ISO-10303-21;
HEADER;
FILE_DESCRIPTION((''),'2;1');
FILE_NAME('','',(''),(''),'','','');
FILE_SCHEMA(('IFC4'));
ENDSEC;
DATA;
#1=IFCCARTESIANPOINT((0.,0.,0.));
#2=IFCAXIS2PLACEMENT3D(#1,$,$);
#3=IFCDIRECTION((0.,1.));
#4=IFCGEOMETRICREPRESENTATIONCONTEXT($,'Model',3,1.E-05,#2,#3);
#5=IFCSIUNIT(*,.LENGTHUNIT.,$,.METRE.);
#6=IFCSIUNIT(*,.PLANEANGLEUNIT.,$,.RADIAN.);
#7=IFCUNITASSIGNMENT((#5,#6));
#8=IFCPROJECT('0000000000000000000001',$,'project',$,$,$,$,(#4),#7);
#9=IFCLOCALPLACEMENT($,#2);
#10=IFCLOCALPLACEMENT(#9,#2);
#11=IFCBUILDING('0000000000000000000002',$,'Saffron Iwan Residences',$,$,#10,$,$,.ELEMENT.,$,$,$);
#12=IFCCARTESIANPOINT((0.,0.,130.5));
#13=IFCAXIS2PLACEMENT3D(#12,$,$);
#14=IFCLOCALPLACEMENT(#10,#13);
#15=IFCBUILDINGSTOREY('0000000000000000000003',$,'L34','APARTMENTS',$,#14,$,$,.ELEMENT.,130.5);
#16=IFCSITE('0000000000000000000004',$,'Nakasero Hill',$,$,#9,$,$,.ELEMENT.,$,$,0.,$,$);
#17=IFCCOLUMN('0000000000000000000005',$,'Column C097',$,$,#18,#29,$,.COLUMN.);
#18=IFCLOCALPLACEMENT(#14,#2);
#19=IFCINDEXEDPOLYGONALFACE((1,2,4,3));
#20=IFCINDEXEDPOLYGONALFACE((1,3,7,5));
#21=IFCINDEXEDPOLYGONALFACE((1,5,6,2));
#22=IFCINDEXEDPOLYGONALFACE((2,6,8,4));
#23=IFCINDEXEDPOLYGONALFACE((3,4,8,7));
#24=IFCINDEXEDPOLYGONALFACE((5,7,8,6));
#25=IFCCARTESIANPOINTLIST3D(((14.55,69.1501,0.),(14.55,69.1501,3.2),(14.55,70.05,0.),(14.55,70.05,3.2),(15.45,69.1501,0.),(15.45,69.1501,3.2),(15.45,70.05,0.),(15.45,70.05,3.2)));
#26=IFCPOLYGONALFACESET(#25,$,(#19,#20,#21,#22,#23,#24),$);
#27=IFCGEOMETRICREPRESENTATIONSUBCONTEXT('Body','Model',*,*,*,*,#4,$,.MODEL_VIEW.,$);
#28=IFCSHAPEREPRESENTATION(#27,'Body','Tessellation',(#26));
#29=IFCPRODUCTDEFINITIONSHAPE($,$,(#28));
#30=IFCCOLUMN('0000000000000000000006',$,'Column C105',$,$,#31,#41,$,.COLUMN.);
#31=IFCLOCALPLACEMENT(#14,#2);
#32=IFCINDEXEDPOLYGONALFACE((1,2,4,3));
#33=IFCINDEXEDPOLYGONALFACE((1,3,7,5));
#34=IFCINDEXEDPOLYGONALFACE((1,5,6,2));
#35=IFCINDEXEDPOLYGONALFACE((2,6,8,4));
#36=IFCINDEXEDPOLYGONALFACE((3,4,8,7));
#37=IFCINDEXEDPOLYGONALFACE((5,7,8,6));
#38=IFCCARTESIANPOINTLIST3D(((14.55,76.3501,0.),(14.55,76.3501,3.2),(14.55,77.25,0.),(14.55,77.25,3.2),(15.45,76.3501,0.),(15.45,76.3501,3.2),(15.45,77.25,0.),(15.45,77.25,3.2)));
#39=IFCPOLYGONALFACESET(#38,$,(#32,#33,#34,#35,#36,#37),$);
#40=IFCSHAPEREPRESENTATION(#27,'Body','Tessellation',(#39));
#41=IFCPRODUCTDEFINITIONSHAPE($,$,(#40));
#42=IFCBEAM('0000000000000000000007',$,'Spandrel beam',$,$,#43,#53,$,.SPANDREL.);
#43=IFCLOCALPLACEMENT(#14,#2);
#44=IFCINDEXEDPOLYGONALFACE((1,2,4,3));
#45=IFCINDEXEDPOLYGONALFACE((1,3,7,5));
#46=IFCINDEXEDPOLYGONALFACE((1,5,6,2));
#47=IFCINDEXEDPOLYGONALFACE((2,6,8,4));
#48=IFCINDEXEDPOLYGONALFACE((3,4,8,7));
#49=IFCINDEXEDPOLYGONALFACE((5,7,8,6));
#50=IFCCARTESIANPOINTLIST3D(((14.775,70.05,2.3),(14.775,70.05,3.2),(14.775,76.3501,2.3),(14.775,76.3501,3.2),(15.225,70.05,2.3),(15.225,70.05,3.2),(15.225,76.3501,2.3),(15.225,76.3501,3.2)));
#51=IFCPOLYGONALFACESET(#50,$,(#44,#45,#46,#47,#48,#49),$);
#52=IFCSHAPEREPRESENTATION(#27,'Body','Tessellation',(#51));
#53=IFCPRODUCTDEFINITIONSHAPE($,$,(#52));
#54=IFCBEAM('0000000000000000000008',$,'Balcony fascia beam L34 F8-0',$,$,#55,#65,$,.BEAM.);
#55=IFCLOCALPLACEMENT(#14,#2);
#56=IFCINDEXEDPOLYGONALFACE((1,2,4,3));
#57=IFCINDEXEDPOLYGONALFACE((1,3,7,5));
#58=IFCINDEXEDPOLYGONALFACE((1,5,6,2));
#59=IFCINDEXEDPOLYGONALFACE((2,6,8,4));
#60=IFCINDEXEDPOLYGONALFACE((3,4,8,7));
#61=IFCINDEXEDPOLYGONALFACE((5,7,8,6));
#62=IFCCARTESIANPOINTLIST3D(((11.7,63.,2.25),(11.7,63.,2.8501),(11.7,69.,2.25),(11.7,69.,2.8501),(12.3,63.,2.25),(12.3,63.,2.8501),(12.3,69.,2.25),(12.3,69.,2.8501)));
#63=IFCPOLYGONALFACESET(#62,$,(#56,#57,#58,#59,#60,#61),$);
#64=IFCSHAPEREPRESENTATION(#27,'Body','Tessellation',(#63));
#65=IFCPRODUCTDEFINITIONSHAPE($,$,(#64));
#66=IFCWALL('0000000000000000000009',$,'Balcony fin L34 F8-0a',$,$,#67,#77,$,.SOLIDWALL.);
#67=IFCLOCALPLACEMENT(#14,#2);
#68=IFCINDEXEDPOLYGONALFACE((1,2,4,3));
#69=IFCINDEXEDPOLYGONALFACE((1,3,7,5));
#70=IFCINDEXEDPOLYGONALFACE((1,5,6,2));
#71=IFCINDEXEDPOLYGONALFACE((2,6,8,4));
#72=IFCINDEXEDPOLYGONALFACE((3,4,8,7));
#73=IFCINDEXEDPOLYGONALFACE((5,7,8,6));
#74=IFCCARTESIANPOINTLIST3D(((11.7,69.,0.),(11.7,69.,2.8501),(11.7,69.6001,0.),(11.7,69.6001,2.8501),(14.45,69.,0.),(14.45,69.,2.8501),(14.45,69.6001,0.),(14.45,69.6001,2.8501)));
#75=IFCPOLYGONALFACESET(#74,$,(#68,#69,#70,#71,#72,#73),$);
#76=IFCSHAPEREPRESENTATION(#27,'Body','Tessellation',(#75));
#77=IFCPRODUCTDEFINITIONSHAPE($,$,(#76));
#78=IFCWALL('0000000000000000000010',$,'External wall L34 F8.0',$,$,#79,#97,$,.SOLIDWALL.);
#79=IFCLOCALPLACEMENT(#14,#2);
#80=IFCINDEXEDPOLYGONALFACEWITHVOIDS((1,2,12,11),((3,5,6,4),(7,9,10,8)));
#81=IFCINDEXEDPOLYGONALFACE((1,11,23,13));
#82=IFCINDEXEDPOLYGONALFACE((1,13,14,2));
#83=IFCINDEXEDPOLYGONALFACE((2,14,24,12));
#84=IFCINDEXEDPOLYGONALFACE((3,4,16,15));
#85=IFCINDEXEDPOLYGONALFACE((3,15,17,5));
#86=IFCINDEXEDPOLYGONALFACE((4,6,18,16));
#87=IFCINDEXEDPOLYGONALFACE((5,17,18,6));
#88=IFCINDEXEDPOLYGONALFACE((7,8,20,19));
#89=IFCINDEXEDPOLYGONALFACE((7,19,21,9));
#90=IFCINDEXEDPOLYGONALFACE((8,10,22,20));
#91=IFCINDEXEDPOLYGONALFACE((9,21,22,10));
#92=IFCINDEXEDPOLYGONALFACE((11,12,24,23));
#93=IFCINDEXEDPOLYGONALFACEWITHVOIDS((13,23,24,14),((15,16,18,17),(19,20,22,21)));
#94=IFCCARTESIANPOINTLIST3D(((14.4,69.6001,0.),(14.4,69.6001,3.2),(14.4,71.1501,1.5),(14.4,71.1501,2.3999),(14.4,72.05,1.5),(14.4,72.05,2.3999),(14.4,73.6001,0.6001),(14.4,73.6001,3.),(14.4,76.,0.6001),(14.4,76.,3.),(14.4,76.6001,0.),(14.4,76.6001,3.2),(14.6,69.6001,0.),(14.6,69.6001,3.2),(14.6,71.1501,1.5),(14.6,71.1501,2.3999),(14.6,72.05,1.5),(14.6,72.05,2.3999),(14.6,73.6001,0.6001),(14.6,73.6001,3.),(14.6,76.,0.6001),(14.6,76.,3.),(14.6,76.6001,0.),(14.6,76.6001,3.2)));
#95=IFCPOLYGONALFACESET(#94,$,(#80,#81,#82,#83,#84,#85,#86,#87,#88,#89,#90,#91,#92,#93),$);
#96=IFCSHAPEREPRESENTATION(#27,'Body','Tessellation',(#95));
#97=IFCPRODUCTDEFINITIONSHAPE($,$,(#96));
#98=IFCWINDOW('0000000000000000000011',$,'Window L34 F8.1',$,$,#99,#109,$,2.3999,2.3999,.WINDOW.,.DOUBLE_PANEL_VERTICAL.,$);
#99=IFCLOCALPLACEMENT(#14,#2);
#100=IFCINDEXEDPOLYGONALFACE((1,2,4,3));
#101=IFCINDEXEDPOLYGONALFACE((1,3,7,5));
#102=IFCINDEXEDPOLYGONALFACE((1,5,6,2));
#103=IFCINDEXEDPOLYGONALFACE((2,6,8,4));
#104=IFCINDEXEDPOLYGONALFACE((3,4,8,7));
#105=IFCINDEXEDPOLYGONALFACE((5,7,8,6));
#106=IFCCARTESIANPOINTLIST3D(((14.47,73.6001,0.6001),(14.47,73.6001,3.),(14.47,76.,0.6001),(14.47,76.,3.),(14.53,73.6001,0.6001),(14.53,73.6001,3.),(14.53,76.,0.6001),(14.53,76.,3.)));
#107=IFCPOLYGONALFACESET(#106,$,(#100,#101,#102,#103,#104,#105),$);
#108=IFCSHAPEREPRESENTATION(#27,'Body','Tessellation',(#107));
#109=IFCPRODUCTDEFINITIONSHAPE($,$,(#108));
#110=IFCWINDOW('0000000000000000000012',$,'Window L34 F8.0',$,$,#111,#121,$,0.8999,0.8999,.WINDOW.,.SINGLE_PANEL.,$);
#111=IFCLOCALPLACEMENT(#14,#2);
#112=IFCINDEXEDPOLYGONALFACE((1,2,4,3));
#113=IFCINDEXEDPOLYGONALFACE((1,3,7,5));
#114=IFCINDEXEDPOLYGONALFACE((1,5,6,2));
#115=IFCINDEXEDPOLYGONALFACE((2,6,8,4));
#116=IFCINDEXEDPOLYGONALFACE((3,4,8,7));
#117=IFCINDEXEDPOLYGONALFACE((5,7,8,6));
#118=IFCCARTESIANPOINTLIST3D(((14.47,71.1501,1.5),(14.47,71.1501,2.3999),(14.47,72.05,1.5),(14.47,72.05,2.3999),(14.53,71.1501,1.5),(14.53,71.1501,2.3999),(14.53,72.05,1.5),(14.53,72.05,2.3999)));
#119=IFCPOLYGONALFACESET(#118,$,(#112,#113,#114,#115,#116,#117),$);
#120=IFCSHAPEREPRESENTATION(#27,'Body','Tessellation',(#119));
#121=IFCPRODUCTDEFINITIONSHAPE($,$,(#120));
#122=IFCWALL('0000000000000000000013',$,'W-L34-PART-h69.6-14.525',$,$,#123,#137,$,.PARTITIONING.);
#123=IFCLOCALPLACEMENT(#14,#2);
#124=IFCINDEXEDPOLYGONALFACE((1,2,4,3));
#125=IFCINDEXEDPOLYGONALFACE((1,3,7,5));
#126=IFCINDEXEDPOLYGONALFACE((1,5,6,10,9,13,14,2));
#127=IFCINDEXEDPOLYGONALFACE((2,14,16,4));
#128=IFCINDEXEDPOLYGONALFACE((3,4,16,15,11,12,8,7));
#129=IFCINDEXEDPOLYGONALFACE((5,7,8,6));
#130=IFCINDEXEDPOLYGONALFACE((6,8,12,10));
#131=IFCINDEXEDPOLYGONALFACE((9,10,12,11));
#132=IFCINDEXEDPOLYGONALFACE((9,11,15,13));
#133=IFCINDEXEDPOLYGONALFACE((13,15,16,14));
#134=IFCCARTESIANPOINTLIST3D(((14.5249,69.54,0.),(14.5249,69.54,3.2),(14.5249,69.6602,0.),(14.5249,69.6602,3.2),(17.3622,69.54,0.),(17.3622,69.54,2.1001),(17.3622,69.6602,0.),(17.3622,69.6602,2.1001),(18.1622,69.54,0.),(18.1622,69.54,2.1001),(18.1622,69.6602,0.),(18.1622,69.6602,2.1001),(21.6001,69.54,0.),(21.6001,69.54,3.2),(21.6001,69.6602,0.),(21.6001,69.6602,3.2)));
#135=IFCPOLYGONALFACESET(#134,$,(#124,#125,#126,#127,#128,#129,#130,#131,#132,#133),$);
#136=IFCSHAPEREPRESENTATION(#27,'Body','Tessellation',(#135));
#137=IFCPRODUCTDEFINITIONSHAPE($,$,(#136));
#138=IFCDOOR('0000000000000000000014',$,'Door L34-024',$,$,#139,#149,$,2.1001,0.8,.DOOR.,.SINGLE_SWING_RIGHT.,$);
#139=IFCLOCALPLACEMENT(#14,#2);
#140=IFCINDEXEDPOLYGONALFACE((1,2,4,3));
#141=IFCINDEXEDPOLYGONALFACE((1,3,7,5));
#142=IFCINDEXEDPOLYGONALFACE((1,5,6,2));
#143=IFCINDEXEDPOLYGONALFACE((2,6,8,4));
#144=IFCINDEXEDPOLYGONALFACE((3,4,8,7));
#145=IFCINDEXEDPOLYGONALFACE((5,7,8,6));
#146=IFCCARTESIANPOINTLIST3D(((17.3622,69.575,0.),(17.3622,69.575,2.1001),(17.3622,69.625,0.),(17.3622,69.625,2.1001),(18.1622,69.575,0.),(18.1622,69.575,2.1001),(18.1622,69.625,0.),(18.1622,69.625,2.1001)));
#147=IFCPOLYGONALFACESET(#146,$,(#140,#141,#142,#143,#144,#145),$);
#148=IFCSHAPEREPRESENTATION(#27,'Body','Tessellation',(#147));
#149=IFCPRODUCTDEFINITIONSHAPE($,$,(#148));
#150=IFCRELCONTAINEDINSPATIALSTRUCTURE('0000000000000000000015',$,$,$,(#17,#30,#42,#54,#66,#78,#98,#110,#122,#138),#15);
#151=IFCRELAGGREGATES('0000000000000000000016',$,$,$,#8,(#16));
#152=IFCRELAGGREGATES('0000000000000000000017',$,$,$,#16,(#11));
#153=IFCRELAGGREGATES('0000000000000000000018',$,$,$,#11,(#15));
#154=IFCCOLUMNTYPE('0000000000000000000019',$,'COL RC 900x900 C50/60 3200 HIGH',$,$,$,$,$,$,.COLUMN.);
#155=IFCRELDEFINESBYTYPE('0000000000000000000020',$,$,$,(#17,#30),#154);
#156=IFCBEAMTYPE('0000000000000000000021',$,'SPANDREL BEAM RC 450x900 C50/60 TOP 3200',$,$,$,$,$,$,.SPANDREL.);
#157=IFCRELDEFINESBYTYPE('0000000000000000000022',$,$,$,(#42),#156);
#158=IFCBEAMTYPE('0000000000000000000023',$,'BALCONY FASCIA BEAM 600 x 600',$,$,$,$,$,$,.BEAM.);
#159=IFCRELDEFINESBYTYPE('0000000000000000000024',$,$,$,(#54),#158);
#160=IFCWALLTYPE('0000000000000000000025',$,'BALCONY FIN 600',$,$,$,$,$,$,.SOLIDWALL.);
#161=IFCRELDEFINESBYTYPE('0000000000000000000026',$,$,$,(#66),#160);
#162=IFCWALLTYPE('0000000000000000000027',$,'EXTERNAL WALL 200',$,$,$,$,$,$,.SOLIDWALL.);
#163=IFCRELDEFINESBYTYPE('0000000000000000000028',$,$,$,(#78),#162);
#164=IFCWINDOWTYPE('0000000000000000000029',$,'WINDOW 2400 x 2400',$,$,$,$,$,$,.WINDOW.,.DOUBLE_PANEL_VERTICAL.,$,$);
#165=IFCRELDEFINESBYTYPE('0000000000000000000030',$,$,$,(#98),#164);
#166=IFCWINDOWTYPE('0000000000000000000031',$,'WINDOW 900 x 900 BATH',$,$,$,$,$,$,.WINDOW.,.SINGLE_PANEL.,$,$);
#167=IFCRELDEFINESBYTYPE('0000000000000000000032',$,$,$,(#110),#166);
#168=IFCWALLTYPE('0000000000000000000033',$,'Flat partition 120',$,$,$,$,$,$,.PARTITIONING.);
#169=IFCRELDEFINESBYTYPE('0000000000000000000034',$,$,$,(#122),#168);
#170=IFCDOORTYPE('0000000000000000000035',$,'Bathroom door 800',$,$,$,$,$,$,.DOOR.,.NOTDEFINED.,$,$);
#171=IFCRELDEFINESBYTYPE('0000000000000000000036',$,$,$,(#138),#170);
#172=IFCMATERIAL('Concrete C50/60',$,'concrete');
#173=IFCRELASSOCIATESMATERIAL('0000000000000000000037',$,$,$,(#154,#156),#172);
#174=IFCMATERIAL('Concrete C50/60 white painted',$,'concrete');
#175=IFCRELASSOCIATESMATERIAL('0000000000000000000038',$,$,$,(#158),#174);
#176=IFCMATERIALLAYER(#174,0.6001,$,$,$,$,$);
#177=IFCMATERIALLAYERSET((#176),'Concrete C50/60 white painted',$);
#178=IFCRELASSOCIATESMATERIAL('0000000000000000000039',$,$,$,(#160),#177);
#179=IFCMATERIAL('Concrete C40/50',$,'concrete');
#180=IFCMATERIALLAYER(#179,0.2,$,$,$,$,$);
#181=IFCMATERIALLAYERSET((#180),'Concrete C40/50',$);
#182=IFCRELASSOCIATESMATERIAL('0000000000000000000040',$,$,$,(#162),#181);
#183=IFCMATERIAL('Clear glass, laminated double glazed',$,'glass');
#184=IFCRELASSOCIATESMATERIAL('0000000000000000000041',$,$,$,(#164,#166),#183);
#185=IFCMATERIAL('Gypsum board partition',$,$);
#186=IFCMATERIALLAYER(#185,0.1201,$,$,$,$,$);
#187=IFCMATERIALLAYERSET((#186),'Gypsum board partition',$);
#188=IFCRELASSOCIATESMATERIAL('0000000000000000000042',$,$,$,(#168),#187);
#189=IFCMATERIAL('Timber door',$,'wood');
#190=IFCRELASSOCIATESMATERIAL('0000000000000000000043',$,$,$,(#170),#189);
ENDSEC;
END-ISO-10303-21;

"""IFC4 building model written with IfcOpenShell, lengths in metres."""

from ifc_helpers import new_model, si_unit, direction, frame, frame_2d, origin, origin_2d, place, context, subcontext, project, spatial, rectangle, extrude, source, transform, mapped, material, layer, layer_set, material_profile, profile_set, type_object, element, fill, save


model = new_model("IFC4")

# Units and contexts
model_context = context("Model", 3, precision=1e-05, world=origin(), true_north=direction((0.0, 1.0)))
body_context = subcontext(model_context, "Body", "Model", "MODEL_VIEW")
ifc_project = project(units=[si_unit("LENGTHUNIT", "METRE"), si_unit("PLANEANGLEUNIT", "RADIAN")], contexts=[model_context])

# Site, building, storey
site_placement = place(None, origin())
site = spatial("IfcSite", under=ifc_project, at=site_placement, Name="Nakasero Hill", CompositionType="ELEMENT", RefElevation=0.0)
building_placement = place(site_placement, origin())
building = spatial("IfcBuilding", under=site, at=building_placement, Name="Saffron Iwan Residences", CompositionType="ELEMENT")
storey_placement = place(building_placement, frame((0.0, 0.0, 130.5)))
storey = spatial("IfcBuildingStorey", under=building, at=storey_placement, Name="L34", Description="APARTMENTS", CompositionType="ELEMENT", Elevation=130.5)

# Columns
ifc_material_1 = material(Name="Concrete C50/60", Category="concrete")
ifc_material_profile_1 = material_profile(ifc_material_1, rectangle(XDim=0.8999, YDim=0.8999, at=origin_2d()), Name="RC 900x900")
ifc_profile_set_1 = profile_set([ifc_material_profile_1], Name="Concrete C50/60")
column_type = type_object("IfcColumnType", Name="COL RC 900x900 C50/60 3200 HIGH", PredefinedType="COLUMN", material=ifc_profile_set_1)
shared_shape_1 = source(origin(), body_context, "Body", "SweptSolid", [
    extrude(rectangle(XDim=0.8999, YDim=0.8999, at=origin_2d()), origin(), (0.0, 0.0, 1.0), 3.2),
])
for number, where, z_axis, x_axis, name in (
    (1, (15.0, 69.6001, 0.0), (0.0, 0.0, 1.0), (1.0, 0.0, 0.0), "Column C097"),
    (2, (15.0, 76.8, 0.0), (0.0, 0.0, 1.0), (1.0, 0.0, 0.0), "Column C105"),
):
    element("IfcColumn", number, at=place(storey_placement, frame(where, z_axis=z_axis, x_axis=x_axis)), inside=storey, type_object=column_type, Name=name, PredefinedType="COLUMN", context=body_context, shape_type="MappedRepresentation", body=[
        mapped(shared_shape_1, transform((0.0, 0.0, 0.0))),
    ])

# Beams
ifc_material_profile_2 = material_profile(ifc_material_1, rectangle(XDim=0.45, YDim=0.8999, at=origin_2d()), Name="RC 450x900")
ifc_profile_set_2 = profile_set([ifc_material_profile_2], Name="Concrete C50/60")
beam_type_1 = type_object("IfcBeamType", Name="SPANDREL BEAM RC 450x900 C50/60 TOP 3200", PredefinedType="SPANDREL", material=ifc_profile_set_2)
shared_shape_2 = source(origin(), body_context, "Body", "SweptSolid", [
    extrude(rectangle(XDim=0.45, YDim=0.8999, at=origin_2d()), origin(), (0.0, 0.0, 1.0), 6.3),
])
beam_1_placement = place(storey_placement, frame((15.0, 70.05, 2.75), z_axis=(0.0, 1.0, 0.0), x_axis=(-1.0, 0.0, 0.0)))
element("IfcBeam", 3, at=beam_1_placement, inside=storey, type_object=beam_type_1, Name="Spandrel beam", PredefinedType="SPANDREL", context=body_context, shape_type="MappedRepresentation", body=[
    mapped(shared_shape_2, transform((0.0, 0.0, 0.0))),
])
ifc_material_2 = material(Name="Concrete C50/60 white painted", Category="concrete")
ifc_material_profile_3 = material_profile(ifc_material_2, rectangle(XDim=0.6001, YDim=0.6001, at=origin_2d()), Name="BALCONY FASCIA BEAM 600 x 600")
ifc_profile_set_3 = profile_set([ifc_material_profile_3], Name="Concrete C50/60 white painted")
beam_type_2 = type_object("IfcBeamType", Name="BALCONY FASCIA BEAM 600 x 600", PredefinedType="BEAM", material=ifc_profile_set_3)
shared_shape_3 = source(origin(), body_context, "Body", "SweptSolid", [
    extrude(rectangle(XDim=0.6001, YDim=0.6001, at=origin_2d()), origin(), (0.0, 0.0, 1.0), 6.0),
])
beam_2_placement = place(storey_placement, frame((12.0, 69.0, 2.55), z_axis=(0.0, -1.0, 0.0), x_axis=(1.0, 0.0, 0.0)))
element("IfcBeam", 4, at=beam_2_placement, inside=storey, type_object=beam_type_2, Name="Balcony fascia beam L34 F8-0", PredefinedType="BEAM", context=body_context, shape_type="MappedRepresentation", body=[
    mapped(shared_shape_3, transform((0.0, 0.0, 0.0))),
])

# Wall
ifc_layer_1 = layer(ifc_material_2, 0.6001)
ifc_layer_set_1 = layer_set([ifc_layer_1], Name="Concrete C50/60 white painted")
wall_type_1 = type_object("IfcWallType", Name="BALCONY FIN 600", PredefinedType="SOLIDWALL", material=ifc_layer_set_1)
wall_1_placement = place(storey_placement, frame((14.45, 69.3, 0.0), z_axis=(0.0, 0.0, 1.0), x_axis=(-1.0, 0.0, 0.0)))
element("IfcWall", 5, at=wall_1_placement, inside=storey, type_object=wall_type_1, Name="Balcony fin L34 F8-0a", PredefinedType="SOLIDWALL", context=body_context, shape_type="SweptSolid", body=[
    extrude(rectangle(XDim=2.75, YDim=0.6001, at=frame_2d((1.375, 0.0))), origin(), (0.0, 0.0, 1.0), 2.8501),
])

# Wall, openings, windows
ifc_material_3 = material(Name="Concrete C40/50", Category="concrete")
ifc_layer_2 = layer(ifc_material_3, 0.2)
ifc_layer_set_2 = layer_set([ifc_layer_2], Name="Concrete C40/50")
wall_type_2 = type_object("IfcWallType", Name="EXTERNAL WALL 200", PredefinedType="SOLIDWALL", material=ifc_layer_set_2)
wall_2_placement = place(storey_placement, frame((14.5, 76.6001, 0.0), z_axis=(0.0, 0.0, 1.0), x_axis=(0.0, -1.0, 0.0)))
wall_2 = element("IfcWall", 6, at=wall_2_placement, inside=storey, type_object=wall_type_2, Name="External wall L34 F8.0", PredefinedType="SOLIDWALL", context=body_context, shape_type="SweptSolid", body=[
    extrude(rectangle(XDim=7.0, YDim=0.2, at=frame_2d((3.5, 0.0))), origin(), (0.0, 0.0, 1.0), 3.2),
])
opening_1_placement = place(wall_2_placement, frame((4.55, 0.0, 1.5)))
opening_1 = element("IfcOpeningElement", 7, at=opening_1_placement, cuts=wall_2, PredefinedType="OPENING", context=body_context, shape_type="SweptSolid", body=[
    extrude(rectangle(XDim=0.8999, YDim=0.8999, at=frame_2d((0.45, 0.45))), frame((0.0, 0.1099, 0.0), z_axis=(0.0, -1.0, 0.0), x_axis=(1.0, 0.0, 0.0)), (0.0, 0.0, 1.0), 0.22),
])
opening_2_placement = place(wall_2_placement, frame((0.6001, 0.0, 0.6001)))
opening_2 = element("IfcOpeningElement", 8, at=opening_2_placement, cuts=wall_2, PredefinedType="OPENING", context=body_context, shape_type="SweptSolid", body=[
    extrude(rectangle(XDim=2.3999, YDim=2.3999, at=frame_2d((1.2, 1.2))), frame((0.0, 0.1099, 0.0), z_axis=(0.0, -1.0, 0.0), x_axis=(1.0, 0.0, 0.0)), (0.0, 0.0, 1.0), 0.22),
])
ifc_material_4 = material(Name="Clear glass, laminated double glazed", Category="glass")
window_type_1 = type_object("IfcWindowType", Name="WINDOW 2400 x 2400", PartitioningType="DOUBLE_PANEL_VERTICAL", PredefinedType="WINDOW", material=ifc_material_4)
window_1_placement = place(opening_2_placement, origin())
window_1 = element("IfcWindow", 9, at=window_1_placement, inside=storey, type_object=window_type_1, Name="Window L34 F8.1", OverallHeight=2.3999, OverallWidth=2.3999, PartitioningType="DOUBLE_PANEL_VERTICAL", PredefinedType="WINDOW", context=body_context, shape_type="SweptSolid", body=[
    extrude(rectangle(XDim=2.3999, YDim=2.3999, at=frame_2d((1.2, 1.2))), frame((0.0, 0.03, 0.0), z_axis=(0.0, -1.0, 0.0), x_axis=(1.0, 0.0, 0.0)), (0.0, 0.0, 1.0), 0.0601),
])
fill(opening_2, window_1)
window_type_2 = type_object("IfcWindowType", Name="WINDOW 900 x 900 BATH", PartitioningType="SINGLE_PANEL", PredefinedType="WINDOW", material=ifc_material_4)
window_2_placement = place(opening_1_placement, origin())
window_2 = element("IfcWindow", 10, at=window_2_placement, inside=storey, type_object=window_type_2, Name="Window L34 F8.0", OverallHeight=0.8999, OverallWidth=0.8999, PartitioningType="SINGLE_PANEL", PredefinedType="WINDOW", context=body_context, shape_type="SweptSolid", body=[
    extrude(rectangle(XDim=0.8999, YDim=0.8999, at=frame_2d((0.45, 0.45))), frame((0.0, 0.03, 0.0), z_axis=(0.0, -1.0, 0.0), x_axis=(1.0, 0.0, 0.0)), (0.0, 0.0, 1.0), 0.0601),
])
fill(opening_1, window_2)

# Wall, opening, door
ifc_material_5 = material(Name="Gypsum board partition")
ifc_layer_3 = layer(ifc_material_5, 0.1201)
ifc_layer_set_3 = layer_set([ifc_layer_3], Name="Gypsum board partition")
wall_type_3 = type_object("IfcWallType", Name="Flat partition 120", PredefinedType="PARTITIONING", material=ifc_layer_set_3)
wall_3_placement = place(storey_placement, frame((14.5249, 69.6001, 0.0), z_axis=(0.0, 0.0, 1.0), x_axis=(1.0, 0.0, 0.0)))
wall_3 = element("IfcWall", 11, at=wall_3_placement, inside=storey, type_object=wall_type_3, Name="W-L34-PART-h69.6-14.525", PredefinedType="PARTITIONING", context=body_context, shape_type="SweptSolid", body=[
    extrude(rectangle(XDim=7.0752, YDim=0.1201, at=frame_2d((3.5376, 0.0))), origin(), (0.0, 0.0, 1.0), 3.2),
])
opening_3_placement = place(wall_3_placement, frame((2.8374, 0.0, 0.0)))
opening_3 = element("IfcOpeningElement", 12, at=opening_3_placement, cuts=wall_3, PredefinedType="OPENING", context=body_context, shape_type="SweptSolid", body=[
    extrude(rectangle(XDim=0.8, YDim=2.1001, at=frame_2d((0.3999, 1.05))), frame((0.0, 0.0701, 0.0), z_axis=(0.0, -1.0, 0.0), x_axis=(1.0, 0.0, 0.0)), (0.0, 0.0, 1.0), 0.1401),
])
ifc_material_6 = material(Name="Timber door", Category="wood")
door_type_1 = type_object("IfcDoorType", Name="Bathroom door 800", OperationType="NOTDEFINED", PredefinedType="DOOR", material=ifc_material_6)
door_1_placement = place(opening_3_placement, origin())
door_1 = element("IfcDoor", 13, at=door_1_placement, inside=storey, type_object=door_type_1, Name="Door L34-024", OperationType="SINGLE_SWING_RIGHT", OverallHeight=2.1001, OverallWidth=0.8, PredefinedType="DOOR", context=body_context, shape_type="SweptSolid", body=[
    extrude(rectangle(XDim=0.8, YDim=2.1001, at=frame_2d((0.3999, 1.05))), frame((0.0, 0.0249, 0.0), z_axis=(0.0, -1.0, 0.0), x_axis=(1.0, 0.0, 0.0)), (0.0, 0.0, 1.0), 0.05),
])
fill(opening_3, door_1)

save(model, "model.ifc")
